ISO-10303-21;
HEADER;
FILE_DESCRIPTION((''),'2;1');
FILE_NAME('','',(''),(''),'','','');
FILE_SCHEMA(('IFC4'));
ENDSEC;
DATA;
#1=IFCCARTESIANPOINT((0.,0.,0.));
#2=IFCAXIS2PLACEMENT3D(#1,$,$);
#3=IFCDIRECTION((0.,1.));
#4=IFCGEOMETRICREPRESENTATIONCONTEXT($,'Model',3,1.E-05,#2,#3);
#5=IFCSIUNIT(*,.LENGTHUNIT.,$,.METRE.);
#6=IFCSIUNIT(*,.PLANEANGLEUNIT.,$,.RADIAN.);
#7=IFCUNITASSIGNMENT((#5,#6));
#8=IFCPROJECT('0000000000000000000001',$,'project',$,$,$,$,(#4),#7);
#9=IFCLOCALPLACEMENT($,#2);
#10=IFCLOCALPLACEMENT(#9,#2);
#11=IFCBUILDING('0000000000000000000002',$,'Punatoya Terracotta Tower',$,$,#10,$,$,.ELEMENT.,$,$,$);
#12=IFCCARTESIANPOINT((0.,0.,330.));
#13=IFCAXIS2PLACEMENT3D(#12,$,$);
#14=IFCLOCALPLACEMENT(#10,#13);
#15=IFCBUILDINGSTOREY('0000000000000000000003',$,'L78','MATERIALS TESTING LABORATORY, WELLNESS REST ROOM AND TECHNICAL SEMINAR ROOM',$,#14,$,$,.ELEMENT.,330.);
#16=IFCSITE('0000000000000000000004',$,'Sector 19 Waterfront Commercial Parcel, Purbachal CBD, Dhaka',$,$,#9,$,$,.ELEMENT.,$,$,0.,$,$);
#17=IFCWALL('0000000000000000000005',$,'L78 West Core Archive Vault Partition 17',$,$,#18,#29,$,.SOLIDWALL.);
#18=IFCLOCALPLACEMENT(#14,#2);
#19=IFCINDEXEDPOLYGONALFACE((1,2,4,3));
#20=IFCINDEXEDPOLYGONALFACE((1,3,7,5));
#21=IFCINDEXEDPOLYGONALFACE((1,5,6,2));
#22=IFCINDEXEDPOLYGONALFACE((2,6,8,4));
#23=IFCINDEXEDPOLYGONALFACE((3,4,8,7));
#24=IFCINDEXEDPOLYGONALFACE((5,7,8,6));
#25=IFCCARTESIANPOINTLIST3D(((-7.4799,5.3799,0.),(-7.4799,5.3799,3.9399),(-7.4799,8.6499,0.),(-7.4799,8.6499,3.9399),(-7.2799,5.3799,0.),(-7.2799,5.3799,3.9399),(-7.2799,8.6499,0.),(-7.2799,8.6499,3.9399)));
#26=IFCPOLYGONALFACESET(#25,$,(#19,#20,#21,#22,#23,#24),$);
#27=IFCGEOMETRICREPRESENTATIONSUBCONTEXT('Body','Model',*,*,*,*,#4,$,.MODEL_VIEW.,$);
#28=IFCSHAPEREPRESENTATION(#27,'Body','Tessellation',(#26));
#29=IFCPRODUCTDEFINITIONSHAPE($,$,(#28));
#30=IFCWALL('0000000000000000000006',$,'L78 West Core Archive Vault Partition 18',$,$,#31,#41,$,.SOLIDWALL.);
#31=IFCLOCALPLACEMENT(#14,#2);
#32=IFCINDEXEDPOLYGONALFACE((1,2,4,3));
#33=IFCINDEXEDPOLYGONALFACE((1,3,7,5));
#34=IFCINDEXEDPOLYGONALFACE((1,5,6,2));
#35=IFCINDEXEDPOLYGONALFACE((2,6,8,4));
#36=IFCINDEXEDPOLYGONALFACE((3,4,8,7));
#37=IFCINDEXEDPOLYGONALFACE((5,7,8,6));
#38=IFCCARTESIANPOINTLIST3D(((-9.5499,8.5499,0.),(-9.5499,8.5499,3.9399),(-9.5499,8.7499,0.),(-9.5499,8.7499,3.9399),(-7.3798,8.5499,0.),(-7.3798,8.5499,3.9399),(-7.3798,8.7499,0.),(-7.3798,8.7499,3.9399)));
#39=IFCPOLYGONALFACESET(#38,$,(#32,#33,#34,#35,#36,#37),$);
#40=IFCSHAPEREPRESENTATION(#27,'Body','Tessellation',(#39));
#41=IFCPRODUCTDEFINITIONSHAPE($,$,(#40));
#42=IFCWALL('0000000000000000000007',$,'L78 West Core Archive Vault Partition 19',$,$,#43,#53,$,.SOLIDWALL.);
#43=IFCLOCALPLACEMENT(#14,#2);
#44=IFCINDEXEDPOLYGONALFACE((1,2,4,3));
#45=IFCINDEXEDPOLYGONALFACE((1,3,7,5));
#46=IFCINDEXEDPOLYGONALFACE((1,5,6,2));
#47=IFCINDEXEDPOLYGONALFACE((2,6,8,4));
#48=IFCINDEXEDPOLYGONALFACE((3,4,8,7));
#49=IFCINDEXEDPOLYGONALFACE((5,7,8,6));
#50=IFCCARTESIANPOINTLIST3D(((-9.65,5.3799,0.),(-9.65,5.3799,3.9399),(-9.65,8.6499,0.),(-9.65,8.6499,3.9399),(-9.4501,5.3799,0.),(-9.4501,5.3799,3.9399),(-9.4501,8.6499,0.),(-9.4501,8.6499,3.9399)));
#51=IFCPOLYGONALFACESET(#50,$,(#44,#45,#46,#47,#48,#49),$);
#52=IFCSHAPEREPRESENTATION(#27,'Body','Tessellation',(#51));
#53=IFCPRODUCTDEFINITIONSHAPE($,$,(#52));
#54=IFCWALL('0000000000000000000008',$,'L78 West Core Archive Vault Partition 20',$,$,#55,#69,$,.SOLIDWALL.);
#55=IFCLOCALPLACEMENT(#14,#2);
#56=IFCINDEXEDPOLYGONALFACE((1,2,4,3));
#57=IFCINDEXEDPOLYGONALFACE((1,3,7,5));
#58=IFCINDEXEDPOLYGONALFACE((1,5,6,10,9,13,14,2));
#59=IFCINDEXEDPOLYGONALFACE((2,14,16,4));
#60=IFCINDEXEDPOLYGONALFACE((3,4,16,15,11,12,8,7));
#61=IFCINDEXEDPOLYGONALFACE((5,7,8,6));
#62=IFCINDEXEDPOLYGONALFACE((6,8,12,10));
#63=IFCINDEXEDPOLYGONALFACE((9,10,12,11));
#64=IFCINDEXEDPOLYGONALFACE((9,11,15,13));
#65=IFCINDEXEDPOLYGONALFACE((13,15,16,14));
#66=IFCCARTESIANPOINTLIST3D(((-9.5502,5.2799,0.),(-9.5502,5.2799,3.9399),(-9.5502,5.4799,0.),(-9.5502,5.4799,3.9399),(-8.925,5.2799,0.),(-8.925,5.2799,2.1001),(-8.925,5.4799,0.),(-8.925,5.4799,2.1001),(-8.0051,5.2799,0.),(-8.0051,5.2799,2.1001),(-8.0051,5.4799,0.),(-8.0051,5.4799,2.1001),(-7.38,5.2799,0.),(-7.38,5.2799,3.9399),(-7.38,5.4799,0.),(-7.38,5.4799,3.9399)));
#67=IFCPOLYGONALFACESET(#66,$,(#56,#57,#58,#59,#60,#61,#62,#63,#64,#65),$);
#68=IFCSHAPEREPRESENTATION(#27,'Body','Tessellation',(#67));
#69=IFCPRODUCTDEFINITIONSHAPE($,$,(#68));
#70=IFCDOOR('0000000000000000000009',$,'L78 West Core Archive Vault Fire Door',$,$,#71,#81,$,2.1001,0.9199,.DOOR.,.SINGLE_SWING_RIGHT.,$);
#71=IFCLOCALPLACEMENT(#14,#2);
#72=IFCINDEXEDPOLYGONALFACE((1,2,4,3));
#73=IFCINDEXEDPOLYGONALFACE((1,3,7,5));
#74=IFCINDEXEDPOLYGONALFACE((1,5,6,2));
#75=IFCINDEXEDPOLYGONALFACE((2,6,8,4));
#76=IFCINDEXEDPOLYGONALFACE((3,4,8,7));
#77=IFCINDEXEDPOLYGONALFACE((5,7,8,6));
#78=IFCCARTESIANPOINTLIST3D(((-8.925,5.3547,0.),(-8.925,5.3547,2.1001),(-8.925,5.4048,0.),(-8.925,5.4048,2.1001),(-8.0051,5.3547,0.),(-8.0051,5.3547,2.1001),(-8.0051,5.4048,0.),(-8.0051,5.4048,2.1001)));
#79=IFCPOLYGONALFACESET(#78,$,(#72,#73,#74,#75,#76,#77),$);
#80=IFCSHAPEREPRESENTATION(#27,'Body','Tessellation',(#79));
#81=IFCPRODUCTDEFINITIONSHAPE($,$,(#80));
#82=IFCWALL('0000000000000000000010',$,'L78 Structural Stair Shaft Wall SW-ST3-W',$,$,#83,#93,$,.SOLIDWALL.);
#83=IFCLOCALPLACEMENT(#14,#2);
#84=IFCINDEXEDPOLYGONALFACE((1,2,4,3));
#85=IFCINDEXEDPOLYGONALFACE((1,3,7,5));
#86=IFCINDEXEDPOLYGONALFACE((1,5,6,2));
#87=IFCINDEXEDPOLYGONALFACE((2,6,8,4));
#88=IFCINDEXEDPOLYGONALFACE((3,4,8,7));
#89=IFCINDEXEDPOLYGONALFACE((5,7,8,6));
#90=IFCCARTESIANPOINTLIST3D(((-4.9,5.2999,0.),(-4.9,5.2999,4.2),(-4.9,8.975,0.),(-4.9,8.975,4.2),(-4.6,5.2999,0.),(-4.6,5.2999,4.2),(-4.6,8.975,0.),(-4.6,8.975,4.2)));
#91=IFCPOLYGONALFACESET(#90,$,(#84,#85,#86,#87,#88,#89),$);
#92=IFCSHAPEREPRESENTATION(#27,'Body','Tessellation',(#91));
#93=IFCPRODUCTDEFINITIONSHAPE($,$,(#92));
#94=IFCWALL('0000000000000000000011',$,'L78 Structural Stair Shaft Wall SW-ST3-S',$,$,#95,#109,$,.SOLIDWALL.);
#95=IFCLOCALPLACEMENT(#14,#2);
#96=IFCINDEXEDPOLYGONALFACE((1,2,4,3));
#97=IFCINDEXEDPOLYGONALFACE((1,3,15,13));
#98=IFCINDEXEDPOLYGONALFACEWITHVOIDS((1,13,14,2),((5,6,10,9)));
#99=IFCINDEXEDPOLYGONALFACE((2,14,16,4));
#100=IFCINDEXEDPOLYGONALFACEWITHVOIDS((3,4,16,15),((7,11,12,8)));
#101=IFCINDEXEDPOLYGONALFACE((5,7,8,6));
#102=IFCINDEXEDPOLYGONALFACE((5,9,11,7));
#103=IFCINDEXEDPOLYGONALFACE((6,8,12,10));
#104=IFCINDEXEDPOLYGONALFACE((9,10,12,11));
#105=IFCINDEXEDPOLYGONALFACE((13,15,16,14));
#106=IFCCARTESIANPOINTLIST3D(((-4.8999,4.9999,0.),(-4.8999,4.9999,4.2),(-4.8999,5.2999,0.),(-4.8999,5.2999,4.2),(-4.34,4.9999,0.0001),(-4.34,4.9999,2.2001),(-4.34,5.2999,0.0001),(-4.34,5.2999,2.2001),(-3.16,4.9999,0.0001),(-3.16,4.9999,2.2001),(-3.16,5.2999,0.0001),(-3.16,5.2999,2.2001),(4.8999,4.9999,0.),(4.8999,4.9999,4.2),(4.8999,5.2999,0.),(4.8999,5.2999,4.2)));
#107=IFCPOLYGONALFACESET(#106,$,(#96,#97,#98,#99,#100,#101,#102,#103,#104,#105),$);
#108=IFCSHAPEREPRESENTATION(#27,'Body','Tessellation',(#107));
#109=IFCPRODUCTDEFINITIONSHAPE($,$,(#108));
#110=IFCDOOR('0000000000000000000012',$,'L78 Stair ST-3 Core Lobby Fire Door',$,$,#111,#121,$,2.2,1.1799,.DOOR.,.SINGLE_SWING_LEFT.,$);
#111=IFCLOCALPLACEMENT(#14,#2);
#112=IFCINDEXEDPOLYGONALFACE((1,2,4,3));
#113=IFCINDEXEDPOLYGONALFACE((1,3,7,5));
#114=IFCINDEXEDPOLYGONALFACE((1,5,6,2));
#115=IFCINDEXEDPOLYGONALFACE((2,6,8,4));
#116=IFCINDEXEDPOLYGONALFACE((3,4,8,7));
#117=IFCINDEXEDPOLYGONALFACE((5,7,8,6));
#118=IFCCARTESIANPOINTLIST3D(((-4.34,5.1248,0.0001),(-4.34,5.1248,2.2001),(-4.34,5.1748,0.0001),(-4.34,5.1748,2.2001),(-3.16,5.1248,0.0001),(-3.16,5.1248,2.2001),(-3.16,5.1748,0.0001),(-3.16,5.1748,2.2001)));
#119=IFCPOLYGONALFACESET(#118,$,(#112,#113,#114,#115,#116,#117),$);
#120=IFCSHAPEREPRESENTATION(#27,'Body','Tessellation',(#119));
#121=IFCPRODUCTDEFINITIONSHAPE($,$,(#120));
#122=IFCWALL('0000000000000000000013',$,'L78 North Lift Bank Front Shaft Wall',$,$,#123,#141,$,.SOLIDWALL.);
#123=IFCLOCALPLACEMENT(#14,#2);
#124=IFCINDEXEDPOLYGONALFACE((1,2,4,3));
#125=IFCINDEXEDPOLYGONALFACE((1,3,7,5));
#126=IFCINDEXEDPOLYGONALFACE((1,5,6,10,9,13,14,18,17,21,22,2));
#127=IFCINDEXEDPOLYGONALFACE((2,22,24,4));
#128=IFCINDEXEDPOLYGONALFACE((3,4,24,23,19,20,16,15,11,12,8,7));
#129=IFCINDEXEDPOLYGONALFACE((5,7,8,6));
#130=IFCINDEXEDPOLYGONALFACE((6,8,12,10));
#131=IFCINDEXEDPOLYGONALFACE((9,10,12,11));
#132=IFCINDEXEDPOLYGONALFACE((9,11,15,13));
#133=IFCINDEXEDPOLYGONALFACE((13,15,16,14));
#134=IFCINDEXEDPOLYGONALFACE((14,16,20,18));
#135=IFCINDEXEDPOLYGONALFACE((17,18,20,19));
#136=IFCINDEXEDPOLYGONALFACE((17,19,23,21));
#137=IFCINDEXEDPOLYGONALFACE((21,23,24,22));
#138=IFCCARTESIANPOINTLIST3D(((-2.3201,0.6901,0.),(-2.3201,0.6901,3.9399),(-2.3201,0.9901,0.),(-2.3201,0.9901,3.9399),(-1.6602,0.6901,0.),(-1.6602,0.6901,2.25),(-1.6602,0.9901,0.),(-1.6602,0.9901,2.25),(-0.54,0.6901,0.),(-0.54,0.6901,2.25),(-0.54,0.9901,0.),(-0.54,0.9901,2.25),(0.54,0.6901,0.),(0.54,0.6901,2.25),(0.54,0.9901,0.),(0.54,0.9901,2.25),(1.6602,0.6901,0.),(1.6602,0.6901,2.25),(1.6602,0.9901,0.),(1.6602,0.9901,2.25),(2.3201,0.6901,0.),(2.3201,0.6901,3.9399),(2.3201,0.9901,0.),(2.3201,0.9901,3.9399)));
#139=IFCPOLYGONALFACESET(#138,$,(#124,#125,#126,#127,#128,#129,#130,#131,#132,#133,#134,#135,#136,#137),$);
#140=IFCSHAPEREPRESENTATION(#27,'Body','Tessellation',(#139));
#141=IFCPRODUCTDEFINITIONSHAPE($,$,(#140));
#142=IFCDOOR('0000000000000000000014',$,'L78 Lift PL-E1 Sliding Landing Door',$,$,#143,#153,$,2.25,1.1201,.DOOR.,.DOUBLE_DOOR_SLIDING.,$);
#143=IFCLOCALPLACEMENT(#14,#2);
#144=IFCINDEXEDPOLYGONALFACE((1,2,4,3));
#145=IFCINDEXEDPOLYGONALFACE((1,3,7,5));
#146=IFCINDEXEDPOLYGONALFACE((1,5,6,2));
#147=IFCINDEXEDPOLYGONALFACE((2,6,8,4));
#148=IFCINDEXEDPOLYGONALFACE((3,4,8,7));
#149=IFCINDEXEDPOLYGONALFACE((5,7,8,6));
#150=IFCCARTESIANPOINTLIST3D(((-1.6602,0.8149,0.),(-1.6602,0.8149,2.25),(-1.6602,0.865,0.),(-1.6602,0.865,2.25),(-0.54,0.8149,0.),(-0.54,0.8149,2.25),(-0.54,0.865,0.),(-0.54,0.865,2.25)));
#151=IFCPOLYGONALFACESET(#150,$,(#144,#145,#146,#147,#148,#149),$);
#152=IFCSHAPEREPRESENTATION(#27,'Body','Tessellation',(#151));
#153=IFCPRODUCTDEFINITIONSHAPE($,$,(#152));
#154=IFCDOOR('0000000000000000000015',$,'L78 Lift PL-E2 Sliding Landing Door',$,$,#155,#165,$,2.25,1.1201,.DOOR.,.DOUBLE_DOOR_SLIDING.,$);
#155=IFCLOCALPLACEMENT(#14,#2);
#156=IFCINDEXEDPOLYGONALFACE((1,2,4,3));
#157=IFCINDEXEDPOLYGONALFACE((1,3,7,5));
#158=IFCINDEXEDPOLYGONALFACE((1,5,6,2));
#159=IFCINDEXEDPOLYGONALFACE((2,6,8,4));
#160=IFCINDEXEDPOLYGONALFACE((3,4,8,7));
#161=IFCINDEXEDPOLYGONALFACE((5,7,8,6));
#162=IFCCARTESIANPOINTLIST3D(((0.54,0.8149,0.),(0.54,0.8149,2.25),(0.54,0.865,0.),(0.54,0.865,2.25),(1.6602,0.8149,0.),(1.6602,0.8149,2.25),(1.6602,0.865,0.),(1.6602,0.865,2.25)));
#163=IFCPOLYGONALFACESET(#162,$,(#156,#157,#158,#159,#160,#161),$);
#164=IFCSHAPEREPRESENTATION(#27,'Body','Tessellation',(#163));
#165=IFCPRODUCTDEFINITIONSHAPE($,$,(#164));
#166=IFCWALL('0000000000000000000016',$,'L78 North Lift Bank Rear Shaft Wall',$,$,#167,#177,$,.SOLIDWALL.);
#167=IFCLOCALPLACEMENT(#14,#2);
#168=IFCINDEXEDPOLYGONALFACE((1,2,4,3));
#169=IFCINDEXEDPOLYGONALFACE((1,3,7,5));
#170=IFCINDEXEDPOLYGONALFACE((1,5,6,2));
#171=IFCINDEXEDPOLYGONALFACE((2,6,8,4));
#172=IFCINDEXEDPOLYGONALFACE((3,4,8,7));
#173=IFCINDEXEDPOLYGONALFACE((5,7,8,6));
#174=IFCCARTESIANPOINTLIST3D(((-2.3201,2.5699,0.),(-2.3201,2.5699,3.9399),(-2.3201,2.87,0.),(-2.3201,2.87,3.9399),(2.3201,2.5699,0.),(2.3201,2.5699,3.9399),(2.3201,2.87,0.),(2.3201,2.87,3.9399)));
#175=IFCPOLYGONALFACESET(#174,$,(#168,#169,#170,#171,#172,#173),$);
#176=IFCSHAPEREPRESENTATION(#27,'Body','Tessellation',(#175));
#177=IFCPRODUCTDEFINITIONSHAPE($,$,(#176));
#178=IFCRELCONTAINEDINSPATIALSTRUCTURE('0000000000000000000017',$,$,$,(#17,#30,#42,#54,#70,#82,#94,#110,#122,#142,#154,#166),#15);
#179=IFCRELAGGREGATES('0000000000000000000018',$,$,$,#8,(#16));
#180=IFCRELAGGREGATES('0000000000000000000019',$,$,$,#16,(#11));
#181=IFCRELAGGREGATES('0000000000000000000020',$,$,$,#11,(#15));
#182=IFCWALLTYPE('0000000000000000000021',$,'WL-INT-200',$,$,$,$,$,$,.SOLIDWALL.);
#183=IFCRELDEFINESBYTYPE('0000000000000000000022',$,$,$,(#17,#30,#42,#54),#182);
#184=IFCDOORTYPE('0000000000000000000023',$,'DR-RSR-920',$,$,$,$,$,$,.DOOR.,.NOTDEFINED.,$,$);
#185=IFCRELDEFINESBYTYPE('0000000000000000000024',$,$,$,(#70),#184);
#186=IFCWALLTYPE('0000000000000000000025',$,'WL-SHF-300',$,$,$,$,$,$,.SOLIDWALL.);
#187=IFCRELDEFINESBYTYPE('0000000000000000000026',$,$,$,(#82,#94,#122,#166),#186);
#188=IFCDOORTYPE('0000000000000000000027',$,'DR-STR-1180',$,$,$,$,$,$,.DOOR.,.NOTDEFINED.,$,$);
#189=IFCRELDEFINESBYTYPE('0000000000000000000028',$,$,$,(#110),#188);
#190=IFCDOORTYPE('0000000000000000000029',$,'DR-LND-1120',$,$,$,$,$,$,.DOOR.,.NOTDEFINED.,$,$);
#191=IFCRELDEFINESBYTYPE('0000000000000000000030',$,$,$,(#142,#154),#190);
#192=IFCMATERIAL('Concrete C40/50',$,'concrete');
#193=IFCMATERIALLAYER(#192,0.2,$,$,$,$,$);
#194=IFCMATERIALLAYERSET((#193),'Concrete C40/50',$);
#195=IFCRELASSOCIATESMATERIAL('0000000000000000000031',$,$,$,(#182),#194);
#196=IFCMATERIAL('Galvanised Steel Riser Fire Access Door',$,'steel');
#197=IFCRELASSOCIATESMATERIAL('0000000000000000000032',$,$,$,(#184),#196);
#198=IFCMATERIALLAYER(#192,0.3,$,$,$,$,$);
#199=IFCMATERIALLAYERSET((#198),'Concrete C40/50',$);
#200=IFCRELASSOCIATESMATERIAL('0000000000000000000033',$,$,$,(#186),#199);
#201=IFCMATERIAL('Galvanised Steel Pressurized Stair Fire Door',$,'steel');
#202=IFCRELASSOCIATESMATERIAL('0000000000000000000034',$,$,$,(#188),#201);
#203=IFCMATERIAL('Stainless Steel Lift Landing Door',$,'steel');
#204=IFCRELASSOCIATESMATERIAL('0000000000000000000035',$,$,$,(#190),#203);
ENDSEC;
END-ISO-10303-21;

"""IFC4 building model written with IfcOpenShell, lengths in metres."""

from ifc_helpers import new_model, si_unit, direction, frame, frame_2d, origin, place, context, subcontext, project, spatial, rectangle, extrude, material, layer, layer_set, type_object, element, fill, save


model = new_model("IFC4")

# Units and contexts
model_context = context("Model", 3, precision=1e-05, world=origin(), true_north=direction((0.0, 1.0)))
body_context = subcontext(model_context, "Body", "Model", "MODEL_VIEW")
ifc_project = project(units=[si_unit("LENGTHUNIT", "METRE"), si_unit("PLANEANGLEUNIT", "RADIAN")], contexts=[model_context])

# Site, building, storey
site_placement = place(None, origin())
site = spatial("IfcSite", under=ifc_project, at=site_placement, Name="Sector 19 Waterfront Commercial Parcel, Purbachal CBD, Dhaka", CompositionType="ELEMENT", RefElevation=0.0)
building_placement = place(site_placement, origin())
building = spatial("IfcBuilding", under=site, at=building_placement, Name="Punatoya Terracotta Tower", CompositionType="ELEMENT")
storey_placement = place(building_placement, frame((0.0, 0.0, 330.0)))
storey = spatial("IfcBuildingStorey", under=building, at=storey_placement, Name="L78", Description="MATERIALS TESTING LABORATORY, WELLNESS REST ROOM AND TECHNICAL SEMINAR ROOM", CompositionType="ELEMENT", Elevation=330.0)

# Walls
ifc_material_1 = material(Name="Concrete C40/50", Category="concrete")
ifc_layer_1 = layer(ifc_material_1, 0.2)
ifc_layer_set_1 = layer_set([ifc_layer_1], Name="Concrete C40/50")
wall_type_1 = type_object("IfcWallType", Name="WL-INT-200", PredefinedType="SOLIDWALL", material=ifc_layer_set_1)
wall_1_placement = place(storey_placement, frame((-7.3799, 5.3799, 0.0), z_axis=(0.0, 0.0, 1.0), x_axis=(0.0, 1.0, 0.0)))
element("IfcWall", 1, at=wall_1_placement, inside=storey, type_object=wall_type_1, Name="L78 West Core Archive Vault Partition 17", PredefinedType="SOLIDWALL", context=body_context, shape_type="SweptSolid", body=[
    extrude(rectangle(XDim=3.27, YDim=0.2, at=frame_2d((1.635, 0.0))), origin(), (0.0, 0.0, 1.0), 3.9399),
])
wall_2_placement = place(storey_placement, frame((-7.3799, 8.6499, 0.0), z_axis=(0.0, 0.0, 1.0), x_axis=(-1.0, 0.0, 0.0)))
element("IfcWall", 2, at=wall_2_placement, inside=storey, type_object=wall_type_1, Name="L78 West Core Archive Vault Partition 18", PredefinedType="SOLIDWALL", context=body_context, shape_type="SweptSolid", body=[
    extrude(rectangle(XDim=2.1702, YDim=0.2, at=frame_2d((1.085, 0.0))), origin(), (0.0, 0.0, 1.0), 3.9399),
])
wall_3_placement = place(storey_placement, frame((-9.55, 8.6499, 0.0), z_axis=(0.0, 0.0, 1.0), x_axis=(0.0, -1.0, 0.0)))
element("IfcWall", 3, at=wall_3_placement, inside=storey, type_object=wall_type_1, Name="L78 West Core Archive Vault Partition 19", PredefinedType="SOLIDWALL", context=body_context, shape_type="SweptSolid", body=[
    extrude(rectangle(XDim=3.27, YDim=0.2, at=frame_2d((1.635, 0.0))), origin(), (0.0, 0.0, 1.0), 3.9399),
])

# Wall, opening, door
wall_4_placement = place(storey_placement, frame((-9.55, 5.3799, 0.0), z_axis=(0.0, 0.0, 1.0), x_axis=(1.0, 0.0, 0.0)))
wall_4 = element("IfcWall", 4, at=wall_4_placement, inside=storey, type_object=wall_type_1, Name="L78 West Core Archive Vault Partition 20", PredefinedType="SOLIDWALL", context=body_context, shape_type="SweptSolid", body=[
    extrude(rectangle(XDim=2.1702, YDim=0.2, at=frame_2d((1.085, 0.0))), origin(), (0.0, 0.0, 1.0), 3.9399),
])
opening_1_placement = place(wall_4_placement, frame((0.625, 0.0, 0.0)))
opening_1 = element("IfcOpeningElement", 5, at=opening_1_placement, cuts=wall_4, PredefinedType="OPENING", context=body_context, shape_type="SweptSolid", body=[
    extrude(rectangle(XDim=0.9199, YDim=2.1001, at=frame_2d((0.46, 1.05))), frame((0.0, 0.1099, 0.0), z_axis=(0.0, -1.0, 0.0), x_axis=(1.0, 0.0, 0.0)), (0.0, 0.0, 1.0), 0.22),
])
ifc_material_2 = material(Name="Galvanised Steel Riser Fire Access Door", Category="steel")
door_type_1 = type_object("IfcDoorType", Name="DR-RSR-920", OperationType="NOTDEFINED", PredefinedType="DOOR", material=ifc_material_2)
door_1_placement = place(opening_1_placement, origin())
door_1 = element("IfcDoor", 6, at=door_1_placement, inside=storey, type_object=door_type_1, Name="L78 West Core Archive Vault Fire Door", OperationType="SINGLE_SWING_RIGHT", OverallHeight=2.1001, OverallWidth=0.9199, PredefinedType="DOOR", context=body_context, shape_type="SweptSolid", body=[
    extrude(rectangle(XDim=0.9199, YDim=2.1001, at=frame_2d((0.46, 1.05))), frame((0.0, 0.0249, 0.0), z_axis=(0.0, -1.0, 0.0), x_axis=(1.0, 0.0, 0.0)), (0.0, 0.0, 1.0), 0.05),
])
fill(opening_1, door_1)

# Wall
ifc_layer_2 = layer(ifc_material_1, 0.3)
ifc_layer_set_2 = layer_set([ifc_layer_2], Name="Concrete C40/50")
wall_type_2 = type_object("IfcWallType", Name="WL-SHF-300", PredefinedType="SOLIDWALL", material=ifc_layer_set_2)
wall_5_placement = place(storey_placement, frame((-4.75, 5.3, 0.0), z_axis=(0.0, 0.0, 1.0), x_axis=(0.0, 1.0, 0.0)))
element("IfcWall", 7, at=wall_5_placement, inside=storey, type_object=wall_type_2, Name="L78 Structural Stair Shaft Wall SW-ST3-W", PredefinedType="SOLIDWALL", context=body_context, shape_type="SweptSolid", body=[
    extrude(rectangle(XDim=3.675, YDim=0.3, at=frame_2d((1.8374, 0.0))), origin(), (0.0, 0.0, 1.0), 4.2),
])

# Wall, opening, door
wall_6_placement = place(storey_placement, frame((-4.8999, 5.1499, 0.0), z_axis=(0.0, 0.0, 1.0), x_axis=(1.0, 0.0, 0.0)))
wall_6 = element("IfcWall", 8, at=wall_6_placement, inside=storey, type_object=wall_type_2, Name="L78 Structural Stair Shaft Wall SW-ST3-S", PredefinedType="SOLIDWALL", context=body_context, shape_type="SweptSolid", body=[
    extrude(rectangle(XDim=9.7998, YDim=0.3, at=frame_2d((4.8999, 0.0))), origin(), (0.0, 0.0, 1.0), 4.2),
])
opening_2_placement = place(wall_6_placement, frame((0.5601, 0.0, 0.0)))
opening_2 = element("IfcOpeningElement", 9, at=opening_2_placement, cuts=wall_6, PredefinedType="OPENING", context=body_context, shape_type="SweptSolid", body=[
    extrude(rectangle(XDim=1.1799, YDim=2.2, at=frame_2d((0.5898, 1.1001))), frame((0.0, 0.1599, 0.0), z_axis=(0.0, -1.0, 0.0), x_axis=(1.0, 0.0, 0.0)), (0.0, 0.0, 1.0), 0.3201),
])
ifc_material_3 = material(Name="Galvanised Steel Pressurized Stair Fire Door", Category="steel")
door_type_2 = type_object("IfcDoorType", Name="DR-STR-1180", OperationType="NOTDEFINED", PredefinedType="DOOR", material=ifc_material_3)
door_2_placement = place(opening_2_placement, origin())
door_2 = element("IfcDoor", 10, at=door_2_placement, inside=storey, type_object=door_type_2, Name="L78 Stair ST-3 Core Lobby Fire Door", OperationType="SINGLE_SWING_LEFT", OverallHeight=2.2, OverallWidth=1.1799, PredefinedType="DOOR", context=body_context, shape_type="SweptSolid", body=[
    extrude(rectangle(XDim=1.1799, YDim=2.2, at=frame_2d((0.5898, 1.1001))), frame((0.0, 0.0249, 0.0), z_axis=(0.0, -1.0, 0.0), x_axis=(1.0, 0.0, 0.0)), (0.0, 0.0, 1.0), 0.05),
])
fill(opening_2, door_2)

# Wall, openings, doors
wall_7_placement = place(storey_placement, frame((-2.3201, 0.8401, 0.0), z_axis=(0.0, 0.0, 1.0), x_axis=(1.0, 0.0, 0.0)))
wall_7 = element("IfcWall", 11, at=wall_7_placement, inside=storey, type_object=wall_type_2, Name="L78 North Lift Bank Front Shaft Wall", PredefinedType="SOLIDWALL", context=body_context, shape_type="SweptSolid", body=[
    extrude(rectangle(XDim=4.6401, YDim=0.3, at=frame_2d((2.3201, 0.0))), origin(), (0.0, 0.0, 1.0), 3.9399),
])
opening_3_placement = place(wall_7_placement, frame((0.6599, 0.0, 0.0)))
opening_3 = element("IfcOpeningElement", 12, at=opening_3_placement, cuts=wall_7, PredefinedType="OPENING", context=body_context, shape_type="SweptSolid", body=[
    extrude(rectangle(XDim=1.1201, YDim=2.25, at=frame_2d((0.5601, 1.125))), frame((0.0, 0.1599, 0.0), z_axis=(0.0, -1.0, 0.0), x_axis=(1.0, 0.0, 0.0)), (0.0, 0.0, 1.0), 0.3201),
])
opening_4_placement = place(wall_7_placement, frame((2.8601, 0.0, 0.0)))
opening_4 = element("IfcOpeningElement", 13, at=opening_4_placement, cuts=wall_7, PredefinedType="OPENING", context=body_context, shape_type="SweptSolid", body=[
    extrude(rectangle(XDim=1.1201, YDim=2.25, at=frame_2d((0.5601, 1.125))), frame((0.0, 0.1599, 0.0), z_axis=(0.0, -1.0, 0.0), x_axis=(1.0, 0.0, 0.0)), (0.0, 0.0, 1.0), 0.3201),
])
ifc_material_4 = material(Name="Stainless Steel Lift Landing Door", Category="steel")
door_type_3 = type_object("IfcDoorType", Name="DR-LND-1120", OperationType="NOTDEFINED", PredefinedType="DOOR", material=ifc_material_4)
door_3_placement = place(opening_3_placement, origin())
door_3 = element("IfcDoor", 14, at=door_3_placement, inside=storey, type_object=door_type_3, Name="L78 Lift PL-E1 Sliding Landing Door", OperationType="DOUBLE_DOOR_SLIDING", OverallHeight=2.25, OverallWidth=1.1201, PredefinedType="DOOR", context=body_context, shape_type="SweptSolid", body=[
    extrude(rectangle(XDim=1.1201, YDim=2.25, at=frame_2d((0.5601, 1.125))), frame((0.0, 0.0249, 0.0), z_axis=(0.0, -1.0, 0.0), x_axis=(1.0, 0.0, 0.0)), (0.0, 0.0, 1.0), 0.05),
])
fill(opening_3, door_3)
door_4_placement = place(opening_4_placement, origin())
door_4 = element("IfcDoor", 15, at=door_4_placement, inside=storey, type_object=door_type_3, Name="L78 Lift PL-E2 Sliding Landing Door", OperationType="DOUBLE_DOOR_SLIDING", OverallHeight=2.25, OverallWidth=1.1201, PredefinedType="DOOR", context=body_context, shape_type="SweptSolid", body=[
    extrude(rectangle(XDim=1.1201, YDim=2.25, at=frame_2d((0.5601, 1.125))), frame((0.0, 0.0249, 0.0), z_axis=(0.0, -1.0, 0.0), x_axis=(1.0, 0.0, 0.0)), (0.0, 0.0, 1.0), 0.05),
])
fill(opening_4, door_4)

# Wall
wall_8_placement = place(storey_placement, frame((-2.3201, 2.72, 0.0), z_axis=(0.0, 0.0, 1.0), x_axis=(1.0, 0.0, 0.0)))
element("IfcWall", 16, at=wall_8_placement, inside=storey, type_object=wall_type_2, Name="L78 North Lift Bank Rear Shaft Wall", PredefinedType="SOLIDWALL", context=body_context, shape_type="SweptSolid", body=[
    extrude(rectangle(XDim=4.6401, YDim=0.3, at=frame_2d((2.3201, 0.0))), origin(), (0.0, 0.0, 1.0), 3.9399),
])

save(model, "model.ifc")
